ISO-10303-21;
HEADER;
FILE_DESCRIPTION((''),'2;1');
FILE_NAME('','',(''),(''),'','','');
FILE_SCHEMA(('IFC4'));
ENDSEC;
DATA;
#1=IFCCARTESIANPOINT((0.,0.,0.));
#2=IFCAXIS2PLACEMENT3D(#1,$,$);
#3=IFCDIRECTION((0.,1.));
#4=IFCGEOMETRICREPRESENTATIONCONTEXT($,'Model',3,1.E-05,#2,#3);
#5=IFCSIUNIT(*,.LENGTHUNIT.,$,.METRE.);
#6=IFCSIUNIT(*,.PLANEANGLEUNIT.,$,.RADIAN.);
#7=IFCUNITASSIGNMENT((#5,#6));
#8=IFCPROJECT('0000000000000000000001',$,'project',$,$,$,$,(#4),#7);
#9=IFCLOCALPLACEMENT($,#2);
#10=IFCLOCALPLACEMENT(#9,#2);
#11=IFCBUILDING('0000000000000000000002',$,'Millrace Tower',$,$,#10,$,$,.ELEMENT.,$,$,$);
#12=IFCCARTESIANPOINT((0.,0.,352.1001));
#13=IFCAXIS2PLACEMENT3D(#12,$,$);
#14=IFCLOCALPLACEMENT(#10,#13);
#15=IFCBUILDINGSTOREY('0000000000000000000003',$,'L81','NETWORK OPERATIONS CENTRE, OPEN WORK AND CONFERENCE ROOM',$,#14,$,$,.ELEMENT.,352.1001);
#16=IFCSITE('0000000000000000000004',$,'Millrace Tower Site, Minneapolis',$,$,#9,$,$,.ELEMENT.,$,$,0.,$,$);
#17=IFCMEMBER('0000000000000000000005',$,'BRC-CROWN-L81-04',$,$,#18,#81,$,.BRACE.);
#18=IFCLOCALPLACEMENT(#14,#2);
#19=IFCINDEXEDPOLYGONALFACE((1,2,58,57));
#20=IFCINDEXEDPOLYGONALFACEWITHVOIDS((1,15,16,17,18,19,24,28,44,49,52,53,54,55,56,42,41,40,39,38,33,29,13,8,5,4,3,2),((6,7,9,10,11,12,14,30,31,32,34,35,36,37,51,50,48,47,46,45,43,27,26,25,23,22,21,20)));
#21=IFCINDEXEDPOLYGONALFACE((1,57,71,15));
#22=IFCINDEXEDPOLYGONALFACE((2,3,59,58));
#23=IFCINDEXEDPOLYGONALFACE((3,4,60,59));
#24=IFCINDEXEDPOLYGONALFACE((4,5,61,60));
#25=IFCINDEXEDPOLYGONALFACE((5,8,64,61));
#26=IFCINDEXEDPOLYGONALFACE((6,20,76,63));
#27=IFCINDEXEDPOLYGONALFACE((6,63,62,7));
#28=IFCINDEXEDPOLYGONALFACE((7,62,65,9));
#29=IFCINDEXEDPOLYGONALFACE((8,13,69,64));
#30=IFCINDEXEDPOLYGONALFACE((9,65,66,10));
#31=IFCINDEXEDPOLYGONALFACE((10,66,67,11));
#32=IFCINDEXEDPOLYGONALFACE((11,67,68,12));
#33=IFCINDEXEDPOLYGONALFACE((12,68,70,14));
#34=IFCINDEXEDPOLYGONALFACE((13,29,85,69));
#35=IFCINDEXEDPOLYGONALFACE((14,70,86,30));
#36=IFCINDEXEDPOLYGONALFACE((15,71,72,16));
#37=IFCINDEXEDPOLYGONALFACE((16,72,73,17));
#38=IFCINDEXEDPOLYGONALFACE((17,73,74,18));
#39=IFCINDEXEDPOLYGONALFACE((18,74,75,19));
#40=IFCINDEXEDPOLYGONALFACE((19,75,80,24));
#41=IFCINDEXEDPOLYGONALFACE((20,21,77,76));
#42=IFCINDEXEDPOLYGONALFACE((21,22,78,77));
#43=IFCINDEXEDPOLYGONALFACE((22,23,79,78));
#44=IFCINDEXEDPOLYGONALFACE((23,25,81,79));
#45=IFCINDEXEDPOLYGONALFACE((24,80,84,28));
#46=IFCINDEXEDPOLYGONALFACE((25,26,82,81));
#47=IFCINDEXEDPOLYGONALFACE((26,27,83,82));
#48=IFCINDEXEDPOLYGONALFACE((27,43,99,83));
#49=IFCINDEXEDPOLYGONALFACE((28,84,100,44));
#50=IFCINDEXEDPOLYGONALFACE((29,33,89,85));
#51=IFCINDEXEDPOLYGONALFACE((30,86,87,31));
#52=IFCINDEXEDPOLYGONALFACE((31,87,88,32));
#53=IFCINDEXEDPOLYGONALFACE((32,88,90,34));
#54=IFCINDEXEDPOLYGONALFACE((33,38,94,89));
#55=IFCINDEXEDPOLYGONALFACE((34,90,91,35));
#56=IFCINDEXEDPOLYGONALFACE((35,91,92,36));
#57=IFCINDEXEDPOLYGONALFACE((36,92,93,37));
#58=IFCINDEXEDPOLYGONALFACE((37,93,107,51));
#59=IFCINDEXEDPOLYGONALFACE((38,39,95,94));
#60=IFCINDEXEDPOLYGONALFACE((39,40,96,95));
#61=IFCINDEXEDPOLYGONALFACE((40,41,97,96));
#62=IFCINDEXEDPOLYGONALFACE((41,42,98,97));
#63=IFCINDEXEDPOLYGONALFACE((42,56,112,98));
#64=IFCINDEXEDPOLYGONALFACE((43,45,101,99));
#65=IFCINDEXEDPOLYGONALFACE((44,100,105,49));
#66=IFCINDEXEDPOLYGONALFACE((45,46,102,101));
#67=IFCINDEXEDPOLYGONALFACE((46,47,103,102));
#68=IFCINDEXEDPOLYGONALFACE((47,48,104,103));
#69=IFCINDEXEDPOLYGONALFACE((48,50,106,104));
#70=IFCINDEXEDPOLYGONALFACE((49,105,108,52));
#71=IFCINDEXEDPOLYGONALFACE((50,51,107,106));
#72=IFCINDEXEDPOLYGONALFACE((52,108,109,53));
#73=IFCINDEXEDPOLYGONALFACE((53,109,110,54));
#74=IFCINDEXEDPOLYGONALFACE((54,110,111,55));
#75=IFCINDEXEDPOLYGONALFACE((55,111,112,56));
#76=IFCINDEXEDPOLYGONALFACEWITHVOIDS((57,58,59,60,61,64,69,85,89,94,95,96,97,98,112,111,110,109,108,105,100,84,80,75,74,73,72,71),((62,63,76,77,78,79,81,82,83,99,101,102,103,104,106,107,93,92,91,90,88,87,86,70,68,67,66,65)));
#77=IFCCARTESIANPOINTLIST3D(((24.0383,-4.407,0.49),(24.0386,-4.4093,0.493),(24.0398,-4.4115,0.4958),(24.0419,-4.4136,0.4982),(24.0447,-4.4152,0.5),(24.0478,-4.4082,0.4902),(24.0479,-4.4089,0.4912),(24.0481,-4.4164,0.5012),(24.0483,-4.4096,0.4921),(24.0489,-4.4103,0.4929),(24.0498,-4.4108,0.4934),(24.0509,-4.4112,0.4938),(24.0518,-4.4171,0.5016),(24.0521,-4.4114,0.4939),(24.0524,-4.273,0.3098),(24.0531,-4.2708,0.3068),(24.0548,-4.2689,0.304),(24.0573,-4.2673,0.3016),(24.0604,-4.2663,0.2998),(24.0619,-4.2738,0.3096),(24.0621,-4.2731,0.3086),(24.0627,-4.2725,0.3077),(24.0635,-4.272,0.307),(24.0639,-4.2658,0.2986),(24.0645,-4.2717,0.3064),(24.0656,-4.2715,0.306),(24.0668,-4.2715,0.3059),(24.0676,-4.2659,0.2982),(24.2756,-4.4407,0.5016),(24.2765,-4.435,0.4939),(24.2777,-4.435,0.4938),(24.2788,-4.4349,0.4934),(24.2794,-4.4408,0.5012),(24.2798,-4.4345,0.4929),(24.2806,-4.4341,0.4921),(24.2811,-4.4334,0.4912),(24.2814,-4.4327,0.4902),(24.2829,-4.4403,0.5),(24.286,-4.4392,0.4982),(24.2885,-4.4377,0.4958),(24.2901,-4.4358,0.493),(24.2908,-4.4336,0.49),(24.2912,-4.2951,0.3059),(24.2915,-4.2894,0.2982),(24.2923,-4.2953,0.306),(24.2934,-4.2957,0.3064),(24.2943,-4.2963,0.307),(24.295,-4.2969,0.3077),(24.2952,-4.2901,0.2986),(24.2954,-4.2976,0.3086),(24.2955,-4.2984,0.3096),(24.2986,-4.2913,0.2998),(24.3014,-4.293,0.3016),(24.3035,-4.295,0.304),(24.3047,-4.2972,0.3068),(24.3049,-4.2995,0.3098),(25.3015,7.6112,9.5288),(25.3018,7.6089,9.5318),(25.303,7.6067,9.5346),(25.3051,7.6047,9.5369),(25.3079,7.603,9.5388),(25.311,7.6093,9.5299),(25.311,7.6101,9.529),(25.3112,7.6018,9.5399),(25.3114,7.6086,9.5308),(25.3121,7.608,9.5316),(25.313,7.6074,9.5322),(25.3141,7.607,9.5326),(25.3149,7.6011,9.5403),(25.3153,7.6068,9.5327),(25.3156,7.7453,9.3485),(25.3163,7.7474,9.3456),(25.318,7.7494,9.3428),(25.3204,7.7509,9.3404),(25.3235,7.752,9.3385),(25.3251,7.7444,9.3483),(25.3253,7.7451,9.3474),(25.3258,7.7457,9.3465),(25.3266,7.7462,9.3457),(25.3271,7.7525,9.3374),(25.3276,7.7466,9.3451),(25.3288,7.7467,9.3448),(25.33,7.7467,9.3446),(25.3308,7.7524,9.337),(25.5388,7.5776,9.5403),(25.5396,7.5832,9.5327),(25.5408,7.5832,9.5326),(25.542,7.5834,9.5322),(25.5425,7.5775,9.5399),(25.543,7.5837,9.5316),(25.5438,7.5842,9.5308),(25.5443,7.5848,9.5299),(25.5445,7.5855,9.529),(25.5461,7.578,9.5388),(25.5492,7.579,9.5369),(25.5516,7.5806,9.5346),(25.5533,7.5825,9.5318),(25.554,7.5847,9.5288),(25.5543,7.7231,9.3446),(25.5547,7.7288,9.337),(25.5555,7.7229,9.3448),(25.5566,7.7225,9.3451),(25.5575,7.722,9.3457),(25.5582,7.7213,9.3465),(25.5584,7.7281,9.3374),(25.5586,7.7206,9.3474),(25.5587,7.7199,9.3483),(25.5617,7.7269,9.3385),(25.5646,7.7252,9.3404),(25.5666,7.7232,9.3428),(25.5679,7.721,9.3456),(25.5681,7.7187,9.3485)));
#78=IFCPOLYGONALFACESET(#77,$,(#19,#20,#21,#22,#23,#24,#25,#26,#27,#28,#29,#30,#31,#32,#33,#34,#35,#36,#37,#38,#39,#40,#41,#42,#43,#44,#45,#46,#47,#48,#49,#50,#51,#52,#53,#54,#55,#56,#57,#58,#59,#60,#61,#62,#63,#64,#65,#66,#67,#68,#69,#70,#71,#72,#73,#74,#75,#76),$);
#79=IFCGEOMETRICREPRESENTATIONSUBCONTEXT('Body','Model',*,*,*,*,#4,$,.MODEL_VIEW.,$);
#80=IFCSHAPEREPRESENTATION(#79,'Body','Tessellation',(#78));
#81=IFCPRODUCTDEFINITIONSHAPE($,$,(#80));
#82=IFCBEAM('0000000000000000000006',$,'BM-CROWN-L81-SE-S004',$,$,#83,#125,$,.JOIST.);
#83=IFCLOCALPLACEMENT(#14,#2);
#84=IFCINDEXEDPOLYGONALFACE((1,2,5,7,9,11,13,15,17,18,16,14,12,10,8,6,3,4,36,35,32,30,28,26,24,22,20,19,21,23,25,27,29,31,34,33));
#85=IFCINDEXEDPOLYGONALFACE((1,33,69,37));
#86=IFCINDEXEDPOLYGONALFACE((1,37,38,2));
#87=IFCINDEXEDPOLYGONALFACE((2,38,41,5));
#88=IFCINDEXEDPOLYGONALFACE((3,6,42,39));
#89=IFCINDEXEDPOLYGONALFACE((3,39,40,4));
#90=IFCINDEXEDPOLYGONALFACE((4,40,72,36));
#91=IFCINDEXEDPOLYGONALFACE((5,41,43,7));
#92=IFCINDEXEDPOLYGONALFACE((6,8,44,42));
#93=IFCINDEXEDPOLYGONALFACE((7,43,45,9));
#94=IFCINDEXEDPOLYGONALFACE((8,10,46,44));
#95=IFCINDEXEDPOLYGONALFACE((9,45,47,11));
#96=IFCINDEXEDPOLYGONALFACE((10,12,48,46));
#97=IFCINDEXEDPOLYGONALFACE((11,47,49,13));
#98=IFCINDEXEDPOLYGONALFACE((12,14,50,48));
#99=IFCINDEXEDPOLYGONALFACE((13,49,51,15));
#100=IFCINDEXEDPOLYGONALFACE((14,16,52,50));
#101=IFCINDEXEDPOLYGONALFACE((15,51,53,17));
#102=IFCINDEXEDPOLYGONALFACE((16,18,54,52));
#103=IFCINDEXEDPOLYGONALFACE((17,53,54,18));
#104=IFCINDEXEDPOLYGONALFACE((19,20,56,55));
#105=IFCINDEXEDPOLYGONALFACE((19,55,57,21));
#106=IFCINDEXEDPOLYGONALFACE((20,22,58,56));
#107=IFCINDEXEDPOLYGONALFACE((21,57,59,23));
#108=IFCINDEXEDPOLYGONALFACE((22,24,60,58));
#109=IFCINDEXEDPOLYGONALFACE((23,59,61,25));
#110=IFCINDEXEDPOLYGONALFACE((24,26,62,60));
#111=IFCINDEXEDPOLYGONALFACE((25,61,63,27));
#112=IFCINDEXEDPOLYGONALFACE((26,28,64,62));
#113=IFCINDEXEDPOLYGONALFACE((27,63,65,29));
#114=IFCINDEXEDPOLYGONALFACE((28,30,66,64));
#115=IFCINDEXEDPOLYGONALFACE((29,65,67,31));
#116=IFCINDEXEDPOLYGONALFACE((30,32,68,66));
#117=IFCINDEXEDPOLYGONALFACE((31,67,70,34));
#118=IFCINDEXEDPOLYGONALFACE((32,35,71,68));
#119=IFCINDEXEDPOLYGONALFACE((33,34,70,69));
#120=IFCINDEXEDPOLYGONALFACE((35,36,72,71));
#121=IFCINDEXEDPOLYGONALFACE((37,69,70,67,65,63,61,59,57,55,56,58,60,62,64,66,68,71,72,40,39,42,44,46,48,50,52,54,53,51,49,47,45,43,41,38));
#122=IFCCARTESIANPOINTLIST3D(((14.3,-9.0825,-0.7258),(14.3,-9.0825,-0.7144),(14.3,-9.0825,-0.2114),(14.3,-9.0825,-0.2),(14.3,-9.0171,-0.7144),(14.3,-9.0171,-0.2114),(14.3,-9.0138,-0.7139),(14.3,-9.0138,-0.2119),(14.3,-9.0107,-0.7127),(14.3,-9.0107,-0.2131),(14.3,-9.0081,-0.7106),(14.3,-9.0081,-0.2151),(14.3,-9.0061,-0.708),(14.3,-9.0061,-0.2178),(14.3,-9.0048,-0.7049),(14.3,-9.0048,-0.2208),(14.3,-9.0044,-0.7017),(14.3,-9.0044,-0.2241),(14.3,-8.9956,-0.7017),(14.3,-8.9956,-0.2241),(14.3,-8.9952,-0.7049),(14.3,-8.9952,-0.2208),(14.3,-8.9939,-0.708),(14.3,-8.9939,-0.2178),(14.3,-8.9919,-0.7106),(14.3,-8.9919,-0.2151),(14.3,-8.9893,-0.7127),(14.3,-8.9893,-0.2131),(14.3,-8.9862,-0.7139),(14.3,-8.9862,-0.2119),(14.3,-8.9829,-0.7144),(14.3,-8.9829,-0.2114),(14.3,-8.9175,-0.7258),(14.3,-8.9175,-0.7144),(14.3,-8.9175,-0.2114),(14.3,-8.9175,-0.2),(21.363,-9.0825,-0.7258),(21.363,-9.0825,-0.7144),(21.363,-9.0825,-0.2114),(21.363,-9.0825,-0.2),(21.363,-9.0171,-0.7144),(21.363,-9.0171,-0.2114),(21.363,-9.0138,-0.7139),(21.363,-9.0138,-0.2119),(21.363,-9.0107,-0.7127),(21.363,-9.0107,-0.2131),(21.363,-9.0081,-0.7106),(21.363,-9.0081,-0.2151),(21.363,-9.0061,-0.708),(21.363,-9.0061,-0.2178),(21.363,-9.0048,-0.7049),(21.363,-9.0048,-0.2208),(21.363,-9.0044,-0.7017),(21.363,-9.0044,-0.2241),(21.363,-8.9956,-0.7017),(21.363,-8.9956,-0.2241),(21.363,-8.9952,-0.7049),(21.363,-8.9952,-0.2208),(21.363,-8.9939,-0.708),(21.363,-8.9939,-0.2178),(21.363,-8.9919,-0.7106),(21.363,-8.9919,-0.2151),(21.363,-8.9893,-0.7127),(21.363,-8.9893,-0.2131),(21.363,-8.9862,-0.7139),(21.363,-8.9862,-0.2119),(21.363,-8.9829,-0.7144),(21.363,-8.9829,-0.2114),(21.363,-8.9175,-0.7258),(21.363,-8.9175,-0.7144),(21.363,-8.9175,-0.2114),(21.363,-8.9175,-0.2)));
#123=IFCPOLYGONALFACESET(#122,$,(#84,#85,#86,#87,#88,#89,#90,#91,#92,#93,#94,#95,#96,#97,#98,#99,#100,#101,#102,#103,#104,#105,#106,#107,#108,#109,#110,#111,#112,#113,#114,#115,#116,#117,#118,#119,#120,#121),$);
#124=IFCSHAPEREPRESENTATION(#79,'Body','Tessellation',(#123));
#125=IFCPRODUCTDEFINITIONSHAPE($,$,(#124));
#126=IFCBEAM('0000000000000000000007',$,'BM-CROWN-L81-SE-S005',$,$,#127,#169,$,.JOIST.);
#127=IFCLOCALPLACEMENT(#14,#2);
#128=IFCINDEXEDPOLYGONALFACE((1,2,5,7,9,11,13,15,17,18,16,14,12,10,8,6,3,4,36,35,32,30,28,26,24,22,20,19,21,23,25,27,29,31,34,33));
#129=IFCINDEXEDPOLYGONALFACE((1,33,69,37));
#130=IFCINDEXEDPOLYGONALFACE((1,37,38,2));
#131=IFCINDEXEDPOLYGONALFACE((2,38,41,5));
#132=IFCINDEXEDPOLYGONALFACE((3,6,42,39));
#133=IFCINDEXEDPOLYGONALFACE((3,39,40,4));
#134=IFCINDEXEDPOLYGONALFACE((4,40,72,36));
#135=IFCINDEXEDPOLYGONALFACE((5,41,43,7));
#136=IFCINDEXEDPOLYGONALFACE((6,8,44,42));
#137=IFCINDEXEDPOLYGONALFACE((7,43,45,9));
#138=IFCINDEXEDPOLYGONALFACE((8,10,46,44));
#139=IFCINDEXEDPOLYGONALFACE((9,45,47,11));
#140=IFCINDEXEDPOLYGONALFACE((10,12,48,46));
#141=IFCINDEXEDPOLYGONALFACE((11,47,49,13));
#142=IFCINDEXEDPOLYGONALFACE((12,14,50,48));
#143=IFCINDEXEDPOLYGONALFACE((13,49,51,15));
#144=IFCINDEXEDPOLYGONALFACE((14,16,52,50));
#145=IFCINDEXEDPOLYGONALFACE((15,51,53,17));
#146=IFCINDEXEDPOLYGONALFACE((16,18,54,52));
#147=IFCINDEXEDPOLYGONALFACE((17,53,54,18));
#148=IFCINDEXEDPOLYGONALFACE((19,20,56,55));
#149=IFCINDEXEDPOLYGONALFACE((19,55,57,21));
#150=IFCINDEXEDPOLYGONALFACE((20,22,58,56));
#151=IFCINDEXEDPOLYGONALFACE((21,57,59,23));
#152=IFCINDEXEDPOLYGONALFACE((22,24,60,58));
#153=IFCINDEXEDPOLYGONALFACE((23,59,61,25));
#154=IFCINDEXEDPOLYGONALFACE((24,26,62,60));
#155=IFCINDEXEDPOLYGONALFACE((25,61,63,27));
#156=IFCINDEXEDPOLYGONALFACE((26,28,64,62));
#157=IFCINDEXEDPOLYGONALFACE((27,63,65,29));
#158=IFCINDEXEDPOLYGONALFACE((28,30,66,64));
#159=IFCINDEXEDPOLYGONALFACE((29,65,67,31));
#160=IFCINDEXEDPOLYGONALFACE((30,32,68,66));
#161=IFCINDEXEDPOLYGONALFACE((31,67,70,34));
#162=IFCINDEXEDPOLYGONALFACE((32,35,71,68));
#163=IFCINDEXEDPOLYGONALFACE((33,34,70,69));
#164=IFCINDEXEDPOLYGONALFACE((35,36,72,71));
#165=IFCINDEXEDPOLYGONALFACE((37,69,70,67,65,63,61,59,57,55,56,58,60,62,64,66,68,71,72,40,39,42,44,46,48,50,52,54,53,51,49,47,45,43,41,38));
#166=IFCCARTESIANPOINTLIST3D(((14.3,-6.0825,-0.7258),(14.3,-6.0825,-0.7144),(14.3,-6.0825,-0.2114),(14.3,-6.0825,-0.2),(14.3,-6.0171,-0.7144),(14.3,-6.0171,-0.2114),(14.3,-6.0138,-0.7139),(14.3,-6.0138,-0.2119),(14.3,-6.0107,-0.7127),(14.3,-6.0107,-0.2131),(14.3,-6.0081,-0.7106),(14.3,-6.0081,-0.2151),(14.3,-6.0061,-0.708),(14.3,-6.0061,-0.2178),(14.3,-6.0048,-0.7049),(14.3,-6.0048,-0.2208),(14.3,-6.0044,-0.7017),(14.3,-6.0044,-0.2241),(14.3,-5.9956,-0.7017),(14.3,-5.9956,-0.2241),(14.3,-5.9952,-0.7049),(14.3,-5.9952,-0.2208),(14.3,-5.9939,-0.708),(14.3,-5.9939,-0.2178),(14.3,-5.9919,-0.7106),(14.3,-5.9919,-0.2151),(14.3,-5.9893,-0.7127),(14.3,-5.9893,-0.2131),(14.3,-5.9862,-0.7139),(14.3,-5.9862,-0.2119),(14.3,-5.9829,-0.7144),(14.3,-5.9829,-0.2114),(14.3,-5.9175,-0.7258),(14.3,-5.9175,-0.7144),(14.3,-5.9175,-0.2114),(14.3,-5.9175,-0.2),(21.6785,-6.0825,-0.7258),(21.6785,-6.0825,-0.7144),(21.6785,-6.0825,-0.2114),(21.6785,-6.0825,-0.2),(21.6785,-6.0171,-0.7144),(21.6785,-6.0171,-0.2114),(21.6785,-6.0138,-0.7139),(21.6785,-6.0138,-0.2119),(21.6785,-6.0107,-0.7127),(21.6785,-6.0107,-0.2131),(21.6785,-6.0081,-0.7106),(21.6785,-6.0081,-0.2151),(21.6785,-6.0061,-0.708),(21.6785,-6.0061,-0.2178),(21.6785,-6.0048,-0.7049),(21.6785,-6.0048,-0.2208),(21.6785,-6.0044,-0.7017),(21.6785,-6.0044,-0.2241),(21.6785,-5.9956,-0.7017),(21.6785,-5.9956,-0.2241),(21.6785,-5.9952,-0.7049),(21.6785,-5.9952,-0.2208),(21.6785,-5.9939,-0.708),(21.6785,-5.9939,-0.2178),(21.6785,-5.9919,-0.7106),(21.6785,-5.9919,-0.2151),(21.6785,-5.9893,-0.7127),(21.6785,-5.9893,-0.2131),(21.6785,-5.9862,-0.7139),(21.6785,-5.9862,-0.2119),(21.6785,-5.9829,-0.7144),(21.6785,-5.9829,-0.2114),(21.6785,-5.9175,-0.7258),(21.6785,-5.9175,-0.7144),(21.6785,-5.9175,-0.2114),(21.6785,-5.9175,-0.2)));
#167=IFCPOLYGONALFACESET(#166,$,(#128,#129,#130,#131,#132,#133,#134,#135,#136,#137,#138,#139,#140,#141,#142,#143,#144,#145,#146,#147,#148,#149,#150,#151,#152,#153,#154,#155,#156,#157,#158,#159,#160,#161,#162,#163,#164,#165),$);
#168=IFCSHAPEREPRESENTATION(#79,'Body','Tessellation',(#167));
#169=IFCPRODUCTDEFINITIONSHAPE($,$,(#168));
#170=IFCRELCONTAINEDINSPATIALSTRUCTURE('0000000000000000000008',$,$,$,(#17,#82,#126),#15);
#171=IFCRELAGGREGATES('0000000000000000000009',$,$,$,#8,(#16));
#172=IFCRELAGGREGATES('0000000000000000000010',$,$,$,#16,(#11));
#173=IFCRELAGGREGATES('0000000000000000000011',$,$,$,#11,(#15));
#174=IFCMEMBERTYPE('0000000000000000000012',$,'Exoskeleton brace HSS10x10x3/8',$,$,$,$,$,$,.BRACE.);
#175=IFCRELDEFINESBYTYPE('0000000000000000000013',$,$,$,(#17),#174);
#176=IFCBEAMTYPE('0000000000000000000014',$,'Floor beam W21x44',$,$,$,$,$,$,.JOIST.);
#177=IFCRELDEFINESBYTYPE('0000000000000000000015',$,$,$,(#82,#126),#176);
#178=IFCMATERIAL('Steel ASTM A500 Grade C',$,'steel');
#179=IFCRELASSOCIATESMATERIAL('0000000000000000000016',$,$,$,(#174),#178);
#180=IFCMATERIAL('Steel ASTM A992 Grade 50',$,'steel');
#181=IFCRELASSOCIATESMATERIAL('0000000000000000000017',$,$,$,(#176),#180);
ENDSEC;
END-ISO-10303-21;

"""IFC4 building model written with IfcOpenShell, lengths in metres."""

from ifc_helpers import new_model, si_unit, direction, frame, origin, origin_2d, place, context, subcontext, project, spatial, hollow_rectangle, i_section, extrude, material, material_profile, profile_set, type_object, element, save


model = new_model("IFC4")

# Units and contexts
model_context = context("Model", 3, precision=1e-05, world=origin(), true_north=direction((0.0, 1.0)))
body_context = subcontext(model_context, "Body", "Model", "MODEL_VIEW")
ifc_project = project(units=[si_unit("LENGTHUNIT", "METRE"), si_unit("PLANEANGLEUNIT", "RADIAN")], contexts=[model_context])

# Site, building, storey
site_placement = place(None, origin())
site = spatial("IfcSite", under=ifc_project, at=site_placement, Name="Millrace Tower Site, Minneapolis", CompositionType="ELEMENT", RefElevation=0.0)
building_placement = place(site_placement, origin())
building = spatial("IfcBuilding", under=site, at=building_placement, Name="Millrace Tower", CompositionType="ELEMENT")
storey_placement = place(building_placement, frame((0.0, 0.0, 352.1001)))
storey = spatial("IfcBuildingStorey", under=building, at=storey_placement, Name="L81", Description="NETWORK OPERATIONS CENTRE, OPEN WORK AND CONFERENCE ROOM", CompositionType="ELEMENT", Elevation=352.1001)

# Member
ifc_material_1 = material(Name="Steel ASTM A500 Grade C", Category="steel")
ifc_material_profile_1 = material_profile(ifc_material_1, hollow_rectangle(XDim=0.2539, YDim=0.2539, WallThickness=0.0095, InnerFilletRadius=0.0046, OuterFilletRadius=0.0144, at=origin_2d()))
ifc_profile_set_1 = profile_set([ifc_material_profile_1], Name="Steel ASTM A500 Grade C")
member_type_1 = type_object("IfcMemberType", Name="Exoskeleton brace HSS10x10x3/8", PredefinedType="BRACE", material=ifc_profile_set_1)
member_1_placement = place(storey_placement, frame((24.1716, -4.3533, 0.3999), z_axis=(0.083705, 0.796394, 0.598958), x_axis=(-0.994522, 0.104529, 0.0)))
element("IfcMember", 1, at=member_1_placement, inside=storey, type_object=member_type_1, Name="BRC-CROWN-L81-04", PredefinedType="BRACE", context=body_context, shape_type="SweptSolid", body=[
    extrude(hollow_rectangle(XDim=0.2539, YDim=0.2539, WallThickness=0.0095, InnerFilletRadius=0.0046, OuterFilletRadius=0.0144, at=origin_2d()), origin(), (0.0, 0.0, 1.0), 15.0908),
])

# Beams
ifc_material_2 = material(Name="Steel ASTM A992 Grade 50", Category="steel")
ifc_material_profile_2 = material_profile(ifc_material_2, i_section(OverallWidth=0.165, OverallDepth=0.5259, WebThickness=0.0088, FlangeThickness=0.0115, FilletRadius=0.0127, at=origin_2d()))
ifc_profile_set_2 = profile_set([ifc_material_profile_2], Name="Steel ASTM A992 Grade 50")
beam_type_1 = type_object("IfcBeamType", Name="Floor beam W21x44", PredefinedType="JOIST", material=ifc_profile_set_2)
beam_1_placement = place(storey_placement, frame((14.3, -9.0, -0.4629), z_axis=(1.0, 0.0, 0.0), x_axis=(0.0, 1.0, 0.0)))
element("IfcBeam", 2, at=beam_1_placement, inside=storey, type_object=beam_type_1, Name="BM-CROWN-L81-SE-S004", PredefinedType="JOIST", context=body_context, shape_type="SweptSolid", body=[
    extrude(i_section(OverallWidth=0.165, OverallDepth=0.5259, WebThickness=0.0088, FlangeThickness=0.0115, FilletRadius=0.0127, at=origin_2d()), origin(), (0.0, 0.0, 1.0), 7.063),
])
beam_2_placement = place(storey_placement, frame((14.3, -6.0, -0.4629), z_axis=(1.0, 0.0, 0.0), x_axis=(0.0, 1.0, 0.0)))
element("IfcBeam", 3, at=beam_2_placement, inside=storey, type_object=beam_type_1, Name="BM-CROWN-L81-SE-S005", PredefinedType="JOIST", context=body_context, shape_type="SweptSolid", body=[
    extrude(i_section(OverallWidth=0.165, OverallDepth=0.5259, WebThickness=0.0088, FlangeThickness=0.0115, FilletRadius=0.0127, at=origin_2d()), origin(), (0.0, 0.0, 1.0), 7.3784),
])

save(model, "model.ifc")
